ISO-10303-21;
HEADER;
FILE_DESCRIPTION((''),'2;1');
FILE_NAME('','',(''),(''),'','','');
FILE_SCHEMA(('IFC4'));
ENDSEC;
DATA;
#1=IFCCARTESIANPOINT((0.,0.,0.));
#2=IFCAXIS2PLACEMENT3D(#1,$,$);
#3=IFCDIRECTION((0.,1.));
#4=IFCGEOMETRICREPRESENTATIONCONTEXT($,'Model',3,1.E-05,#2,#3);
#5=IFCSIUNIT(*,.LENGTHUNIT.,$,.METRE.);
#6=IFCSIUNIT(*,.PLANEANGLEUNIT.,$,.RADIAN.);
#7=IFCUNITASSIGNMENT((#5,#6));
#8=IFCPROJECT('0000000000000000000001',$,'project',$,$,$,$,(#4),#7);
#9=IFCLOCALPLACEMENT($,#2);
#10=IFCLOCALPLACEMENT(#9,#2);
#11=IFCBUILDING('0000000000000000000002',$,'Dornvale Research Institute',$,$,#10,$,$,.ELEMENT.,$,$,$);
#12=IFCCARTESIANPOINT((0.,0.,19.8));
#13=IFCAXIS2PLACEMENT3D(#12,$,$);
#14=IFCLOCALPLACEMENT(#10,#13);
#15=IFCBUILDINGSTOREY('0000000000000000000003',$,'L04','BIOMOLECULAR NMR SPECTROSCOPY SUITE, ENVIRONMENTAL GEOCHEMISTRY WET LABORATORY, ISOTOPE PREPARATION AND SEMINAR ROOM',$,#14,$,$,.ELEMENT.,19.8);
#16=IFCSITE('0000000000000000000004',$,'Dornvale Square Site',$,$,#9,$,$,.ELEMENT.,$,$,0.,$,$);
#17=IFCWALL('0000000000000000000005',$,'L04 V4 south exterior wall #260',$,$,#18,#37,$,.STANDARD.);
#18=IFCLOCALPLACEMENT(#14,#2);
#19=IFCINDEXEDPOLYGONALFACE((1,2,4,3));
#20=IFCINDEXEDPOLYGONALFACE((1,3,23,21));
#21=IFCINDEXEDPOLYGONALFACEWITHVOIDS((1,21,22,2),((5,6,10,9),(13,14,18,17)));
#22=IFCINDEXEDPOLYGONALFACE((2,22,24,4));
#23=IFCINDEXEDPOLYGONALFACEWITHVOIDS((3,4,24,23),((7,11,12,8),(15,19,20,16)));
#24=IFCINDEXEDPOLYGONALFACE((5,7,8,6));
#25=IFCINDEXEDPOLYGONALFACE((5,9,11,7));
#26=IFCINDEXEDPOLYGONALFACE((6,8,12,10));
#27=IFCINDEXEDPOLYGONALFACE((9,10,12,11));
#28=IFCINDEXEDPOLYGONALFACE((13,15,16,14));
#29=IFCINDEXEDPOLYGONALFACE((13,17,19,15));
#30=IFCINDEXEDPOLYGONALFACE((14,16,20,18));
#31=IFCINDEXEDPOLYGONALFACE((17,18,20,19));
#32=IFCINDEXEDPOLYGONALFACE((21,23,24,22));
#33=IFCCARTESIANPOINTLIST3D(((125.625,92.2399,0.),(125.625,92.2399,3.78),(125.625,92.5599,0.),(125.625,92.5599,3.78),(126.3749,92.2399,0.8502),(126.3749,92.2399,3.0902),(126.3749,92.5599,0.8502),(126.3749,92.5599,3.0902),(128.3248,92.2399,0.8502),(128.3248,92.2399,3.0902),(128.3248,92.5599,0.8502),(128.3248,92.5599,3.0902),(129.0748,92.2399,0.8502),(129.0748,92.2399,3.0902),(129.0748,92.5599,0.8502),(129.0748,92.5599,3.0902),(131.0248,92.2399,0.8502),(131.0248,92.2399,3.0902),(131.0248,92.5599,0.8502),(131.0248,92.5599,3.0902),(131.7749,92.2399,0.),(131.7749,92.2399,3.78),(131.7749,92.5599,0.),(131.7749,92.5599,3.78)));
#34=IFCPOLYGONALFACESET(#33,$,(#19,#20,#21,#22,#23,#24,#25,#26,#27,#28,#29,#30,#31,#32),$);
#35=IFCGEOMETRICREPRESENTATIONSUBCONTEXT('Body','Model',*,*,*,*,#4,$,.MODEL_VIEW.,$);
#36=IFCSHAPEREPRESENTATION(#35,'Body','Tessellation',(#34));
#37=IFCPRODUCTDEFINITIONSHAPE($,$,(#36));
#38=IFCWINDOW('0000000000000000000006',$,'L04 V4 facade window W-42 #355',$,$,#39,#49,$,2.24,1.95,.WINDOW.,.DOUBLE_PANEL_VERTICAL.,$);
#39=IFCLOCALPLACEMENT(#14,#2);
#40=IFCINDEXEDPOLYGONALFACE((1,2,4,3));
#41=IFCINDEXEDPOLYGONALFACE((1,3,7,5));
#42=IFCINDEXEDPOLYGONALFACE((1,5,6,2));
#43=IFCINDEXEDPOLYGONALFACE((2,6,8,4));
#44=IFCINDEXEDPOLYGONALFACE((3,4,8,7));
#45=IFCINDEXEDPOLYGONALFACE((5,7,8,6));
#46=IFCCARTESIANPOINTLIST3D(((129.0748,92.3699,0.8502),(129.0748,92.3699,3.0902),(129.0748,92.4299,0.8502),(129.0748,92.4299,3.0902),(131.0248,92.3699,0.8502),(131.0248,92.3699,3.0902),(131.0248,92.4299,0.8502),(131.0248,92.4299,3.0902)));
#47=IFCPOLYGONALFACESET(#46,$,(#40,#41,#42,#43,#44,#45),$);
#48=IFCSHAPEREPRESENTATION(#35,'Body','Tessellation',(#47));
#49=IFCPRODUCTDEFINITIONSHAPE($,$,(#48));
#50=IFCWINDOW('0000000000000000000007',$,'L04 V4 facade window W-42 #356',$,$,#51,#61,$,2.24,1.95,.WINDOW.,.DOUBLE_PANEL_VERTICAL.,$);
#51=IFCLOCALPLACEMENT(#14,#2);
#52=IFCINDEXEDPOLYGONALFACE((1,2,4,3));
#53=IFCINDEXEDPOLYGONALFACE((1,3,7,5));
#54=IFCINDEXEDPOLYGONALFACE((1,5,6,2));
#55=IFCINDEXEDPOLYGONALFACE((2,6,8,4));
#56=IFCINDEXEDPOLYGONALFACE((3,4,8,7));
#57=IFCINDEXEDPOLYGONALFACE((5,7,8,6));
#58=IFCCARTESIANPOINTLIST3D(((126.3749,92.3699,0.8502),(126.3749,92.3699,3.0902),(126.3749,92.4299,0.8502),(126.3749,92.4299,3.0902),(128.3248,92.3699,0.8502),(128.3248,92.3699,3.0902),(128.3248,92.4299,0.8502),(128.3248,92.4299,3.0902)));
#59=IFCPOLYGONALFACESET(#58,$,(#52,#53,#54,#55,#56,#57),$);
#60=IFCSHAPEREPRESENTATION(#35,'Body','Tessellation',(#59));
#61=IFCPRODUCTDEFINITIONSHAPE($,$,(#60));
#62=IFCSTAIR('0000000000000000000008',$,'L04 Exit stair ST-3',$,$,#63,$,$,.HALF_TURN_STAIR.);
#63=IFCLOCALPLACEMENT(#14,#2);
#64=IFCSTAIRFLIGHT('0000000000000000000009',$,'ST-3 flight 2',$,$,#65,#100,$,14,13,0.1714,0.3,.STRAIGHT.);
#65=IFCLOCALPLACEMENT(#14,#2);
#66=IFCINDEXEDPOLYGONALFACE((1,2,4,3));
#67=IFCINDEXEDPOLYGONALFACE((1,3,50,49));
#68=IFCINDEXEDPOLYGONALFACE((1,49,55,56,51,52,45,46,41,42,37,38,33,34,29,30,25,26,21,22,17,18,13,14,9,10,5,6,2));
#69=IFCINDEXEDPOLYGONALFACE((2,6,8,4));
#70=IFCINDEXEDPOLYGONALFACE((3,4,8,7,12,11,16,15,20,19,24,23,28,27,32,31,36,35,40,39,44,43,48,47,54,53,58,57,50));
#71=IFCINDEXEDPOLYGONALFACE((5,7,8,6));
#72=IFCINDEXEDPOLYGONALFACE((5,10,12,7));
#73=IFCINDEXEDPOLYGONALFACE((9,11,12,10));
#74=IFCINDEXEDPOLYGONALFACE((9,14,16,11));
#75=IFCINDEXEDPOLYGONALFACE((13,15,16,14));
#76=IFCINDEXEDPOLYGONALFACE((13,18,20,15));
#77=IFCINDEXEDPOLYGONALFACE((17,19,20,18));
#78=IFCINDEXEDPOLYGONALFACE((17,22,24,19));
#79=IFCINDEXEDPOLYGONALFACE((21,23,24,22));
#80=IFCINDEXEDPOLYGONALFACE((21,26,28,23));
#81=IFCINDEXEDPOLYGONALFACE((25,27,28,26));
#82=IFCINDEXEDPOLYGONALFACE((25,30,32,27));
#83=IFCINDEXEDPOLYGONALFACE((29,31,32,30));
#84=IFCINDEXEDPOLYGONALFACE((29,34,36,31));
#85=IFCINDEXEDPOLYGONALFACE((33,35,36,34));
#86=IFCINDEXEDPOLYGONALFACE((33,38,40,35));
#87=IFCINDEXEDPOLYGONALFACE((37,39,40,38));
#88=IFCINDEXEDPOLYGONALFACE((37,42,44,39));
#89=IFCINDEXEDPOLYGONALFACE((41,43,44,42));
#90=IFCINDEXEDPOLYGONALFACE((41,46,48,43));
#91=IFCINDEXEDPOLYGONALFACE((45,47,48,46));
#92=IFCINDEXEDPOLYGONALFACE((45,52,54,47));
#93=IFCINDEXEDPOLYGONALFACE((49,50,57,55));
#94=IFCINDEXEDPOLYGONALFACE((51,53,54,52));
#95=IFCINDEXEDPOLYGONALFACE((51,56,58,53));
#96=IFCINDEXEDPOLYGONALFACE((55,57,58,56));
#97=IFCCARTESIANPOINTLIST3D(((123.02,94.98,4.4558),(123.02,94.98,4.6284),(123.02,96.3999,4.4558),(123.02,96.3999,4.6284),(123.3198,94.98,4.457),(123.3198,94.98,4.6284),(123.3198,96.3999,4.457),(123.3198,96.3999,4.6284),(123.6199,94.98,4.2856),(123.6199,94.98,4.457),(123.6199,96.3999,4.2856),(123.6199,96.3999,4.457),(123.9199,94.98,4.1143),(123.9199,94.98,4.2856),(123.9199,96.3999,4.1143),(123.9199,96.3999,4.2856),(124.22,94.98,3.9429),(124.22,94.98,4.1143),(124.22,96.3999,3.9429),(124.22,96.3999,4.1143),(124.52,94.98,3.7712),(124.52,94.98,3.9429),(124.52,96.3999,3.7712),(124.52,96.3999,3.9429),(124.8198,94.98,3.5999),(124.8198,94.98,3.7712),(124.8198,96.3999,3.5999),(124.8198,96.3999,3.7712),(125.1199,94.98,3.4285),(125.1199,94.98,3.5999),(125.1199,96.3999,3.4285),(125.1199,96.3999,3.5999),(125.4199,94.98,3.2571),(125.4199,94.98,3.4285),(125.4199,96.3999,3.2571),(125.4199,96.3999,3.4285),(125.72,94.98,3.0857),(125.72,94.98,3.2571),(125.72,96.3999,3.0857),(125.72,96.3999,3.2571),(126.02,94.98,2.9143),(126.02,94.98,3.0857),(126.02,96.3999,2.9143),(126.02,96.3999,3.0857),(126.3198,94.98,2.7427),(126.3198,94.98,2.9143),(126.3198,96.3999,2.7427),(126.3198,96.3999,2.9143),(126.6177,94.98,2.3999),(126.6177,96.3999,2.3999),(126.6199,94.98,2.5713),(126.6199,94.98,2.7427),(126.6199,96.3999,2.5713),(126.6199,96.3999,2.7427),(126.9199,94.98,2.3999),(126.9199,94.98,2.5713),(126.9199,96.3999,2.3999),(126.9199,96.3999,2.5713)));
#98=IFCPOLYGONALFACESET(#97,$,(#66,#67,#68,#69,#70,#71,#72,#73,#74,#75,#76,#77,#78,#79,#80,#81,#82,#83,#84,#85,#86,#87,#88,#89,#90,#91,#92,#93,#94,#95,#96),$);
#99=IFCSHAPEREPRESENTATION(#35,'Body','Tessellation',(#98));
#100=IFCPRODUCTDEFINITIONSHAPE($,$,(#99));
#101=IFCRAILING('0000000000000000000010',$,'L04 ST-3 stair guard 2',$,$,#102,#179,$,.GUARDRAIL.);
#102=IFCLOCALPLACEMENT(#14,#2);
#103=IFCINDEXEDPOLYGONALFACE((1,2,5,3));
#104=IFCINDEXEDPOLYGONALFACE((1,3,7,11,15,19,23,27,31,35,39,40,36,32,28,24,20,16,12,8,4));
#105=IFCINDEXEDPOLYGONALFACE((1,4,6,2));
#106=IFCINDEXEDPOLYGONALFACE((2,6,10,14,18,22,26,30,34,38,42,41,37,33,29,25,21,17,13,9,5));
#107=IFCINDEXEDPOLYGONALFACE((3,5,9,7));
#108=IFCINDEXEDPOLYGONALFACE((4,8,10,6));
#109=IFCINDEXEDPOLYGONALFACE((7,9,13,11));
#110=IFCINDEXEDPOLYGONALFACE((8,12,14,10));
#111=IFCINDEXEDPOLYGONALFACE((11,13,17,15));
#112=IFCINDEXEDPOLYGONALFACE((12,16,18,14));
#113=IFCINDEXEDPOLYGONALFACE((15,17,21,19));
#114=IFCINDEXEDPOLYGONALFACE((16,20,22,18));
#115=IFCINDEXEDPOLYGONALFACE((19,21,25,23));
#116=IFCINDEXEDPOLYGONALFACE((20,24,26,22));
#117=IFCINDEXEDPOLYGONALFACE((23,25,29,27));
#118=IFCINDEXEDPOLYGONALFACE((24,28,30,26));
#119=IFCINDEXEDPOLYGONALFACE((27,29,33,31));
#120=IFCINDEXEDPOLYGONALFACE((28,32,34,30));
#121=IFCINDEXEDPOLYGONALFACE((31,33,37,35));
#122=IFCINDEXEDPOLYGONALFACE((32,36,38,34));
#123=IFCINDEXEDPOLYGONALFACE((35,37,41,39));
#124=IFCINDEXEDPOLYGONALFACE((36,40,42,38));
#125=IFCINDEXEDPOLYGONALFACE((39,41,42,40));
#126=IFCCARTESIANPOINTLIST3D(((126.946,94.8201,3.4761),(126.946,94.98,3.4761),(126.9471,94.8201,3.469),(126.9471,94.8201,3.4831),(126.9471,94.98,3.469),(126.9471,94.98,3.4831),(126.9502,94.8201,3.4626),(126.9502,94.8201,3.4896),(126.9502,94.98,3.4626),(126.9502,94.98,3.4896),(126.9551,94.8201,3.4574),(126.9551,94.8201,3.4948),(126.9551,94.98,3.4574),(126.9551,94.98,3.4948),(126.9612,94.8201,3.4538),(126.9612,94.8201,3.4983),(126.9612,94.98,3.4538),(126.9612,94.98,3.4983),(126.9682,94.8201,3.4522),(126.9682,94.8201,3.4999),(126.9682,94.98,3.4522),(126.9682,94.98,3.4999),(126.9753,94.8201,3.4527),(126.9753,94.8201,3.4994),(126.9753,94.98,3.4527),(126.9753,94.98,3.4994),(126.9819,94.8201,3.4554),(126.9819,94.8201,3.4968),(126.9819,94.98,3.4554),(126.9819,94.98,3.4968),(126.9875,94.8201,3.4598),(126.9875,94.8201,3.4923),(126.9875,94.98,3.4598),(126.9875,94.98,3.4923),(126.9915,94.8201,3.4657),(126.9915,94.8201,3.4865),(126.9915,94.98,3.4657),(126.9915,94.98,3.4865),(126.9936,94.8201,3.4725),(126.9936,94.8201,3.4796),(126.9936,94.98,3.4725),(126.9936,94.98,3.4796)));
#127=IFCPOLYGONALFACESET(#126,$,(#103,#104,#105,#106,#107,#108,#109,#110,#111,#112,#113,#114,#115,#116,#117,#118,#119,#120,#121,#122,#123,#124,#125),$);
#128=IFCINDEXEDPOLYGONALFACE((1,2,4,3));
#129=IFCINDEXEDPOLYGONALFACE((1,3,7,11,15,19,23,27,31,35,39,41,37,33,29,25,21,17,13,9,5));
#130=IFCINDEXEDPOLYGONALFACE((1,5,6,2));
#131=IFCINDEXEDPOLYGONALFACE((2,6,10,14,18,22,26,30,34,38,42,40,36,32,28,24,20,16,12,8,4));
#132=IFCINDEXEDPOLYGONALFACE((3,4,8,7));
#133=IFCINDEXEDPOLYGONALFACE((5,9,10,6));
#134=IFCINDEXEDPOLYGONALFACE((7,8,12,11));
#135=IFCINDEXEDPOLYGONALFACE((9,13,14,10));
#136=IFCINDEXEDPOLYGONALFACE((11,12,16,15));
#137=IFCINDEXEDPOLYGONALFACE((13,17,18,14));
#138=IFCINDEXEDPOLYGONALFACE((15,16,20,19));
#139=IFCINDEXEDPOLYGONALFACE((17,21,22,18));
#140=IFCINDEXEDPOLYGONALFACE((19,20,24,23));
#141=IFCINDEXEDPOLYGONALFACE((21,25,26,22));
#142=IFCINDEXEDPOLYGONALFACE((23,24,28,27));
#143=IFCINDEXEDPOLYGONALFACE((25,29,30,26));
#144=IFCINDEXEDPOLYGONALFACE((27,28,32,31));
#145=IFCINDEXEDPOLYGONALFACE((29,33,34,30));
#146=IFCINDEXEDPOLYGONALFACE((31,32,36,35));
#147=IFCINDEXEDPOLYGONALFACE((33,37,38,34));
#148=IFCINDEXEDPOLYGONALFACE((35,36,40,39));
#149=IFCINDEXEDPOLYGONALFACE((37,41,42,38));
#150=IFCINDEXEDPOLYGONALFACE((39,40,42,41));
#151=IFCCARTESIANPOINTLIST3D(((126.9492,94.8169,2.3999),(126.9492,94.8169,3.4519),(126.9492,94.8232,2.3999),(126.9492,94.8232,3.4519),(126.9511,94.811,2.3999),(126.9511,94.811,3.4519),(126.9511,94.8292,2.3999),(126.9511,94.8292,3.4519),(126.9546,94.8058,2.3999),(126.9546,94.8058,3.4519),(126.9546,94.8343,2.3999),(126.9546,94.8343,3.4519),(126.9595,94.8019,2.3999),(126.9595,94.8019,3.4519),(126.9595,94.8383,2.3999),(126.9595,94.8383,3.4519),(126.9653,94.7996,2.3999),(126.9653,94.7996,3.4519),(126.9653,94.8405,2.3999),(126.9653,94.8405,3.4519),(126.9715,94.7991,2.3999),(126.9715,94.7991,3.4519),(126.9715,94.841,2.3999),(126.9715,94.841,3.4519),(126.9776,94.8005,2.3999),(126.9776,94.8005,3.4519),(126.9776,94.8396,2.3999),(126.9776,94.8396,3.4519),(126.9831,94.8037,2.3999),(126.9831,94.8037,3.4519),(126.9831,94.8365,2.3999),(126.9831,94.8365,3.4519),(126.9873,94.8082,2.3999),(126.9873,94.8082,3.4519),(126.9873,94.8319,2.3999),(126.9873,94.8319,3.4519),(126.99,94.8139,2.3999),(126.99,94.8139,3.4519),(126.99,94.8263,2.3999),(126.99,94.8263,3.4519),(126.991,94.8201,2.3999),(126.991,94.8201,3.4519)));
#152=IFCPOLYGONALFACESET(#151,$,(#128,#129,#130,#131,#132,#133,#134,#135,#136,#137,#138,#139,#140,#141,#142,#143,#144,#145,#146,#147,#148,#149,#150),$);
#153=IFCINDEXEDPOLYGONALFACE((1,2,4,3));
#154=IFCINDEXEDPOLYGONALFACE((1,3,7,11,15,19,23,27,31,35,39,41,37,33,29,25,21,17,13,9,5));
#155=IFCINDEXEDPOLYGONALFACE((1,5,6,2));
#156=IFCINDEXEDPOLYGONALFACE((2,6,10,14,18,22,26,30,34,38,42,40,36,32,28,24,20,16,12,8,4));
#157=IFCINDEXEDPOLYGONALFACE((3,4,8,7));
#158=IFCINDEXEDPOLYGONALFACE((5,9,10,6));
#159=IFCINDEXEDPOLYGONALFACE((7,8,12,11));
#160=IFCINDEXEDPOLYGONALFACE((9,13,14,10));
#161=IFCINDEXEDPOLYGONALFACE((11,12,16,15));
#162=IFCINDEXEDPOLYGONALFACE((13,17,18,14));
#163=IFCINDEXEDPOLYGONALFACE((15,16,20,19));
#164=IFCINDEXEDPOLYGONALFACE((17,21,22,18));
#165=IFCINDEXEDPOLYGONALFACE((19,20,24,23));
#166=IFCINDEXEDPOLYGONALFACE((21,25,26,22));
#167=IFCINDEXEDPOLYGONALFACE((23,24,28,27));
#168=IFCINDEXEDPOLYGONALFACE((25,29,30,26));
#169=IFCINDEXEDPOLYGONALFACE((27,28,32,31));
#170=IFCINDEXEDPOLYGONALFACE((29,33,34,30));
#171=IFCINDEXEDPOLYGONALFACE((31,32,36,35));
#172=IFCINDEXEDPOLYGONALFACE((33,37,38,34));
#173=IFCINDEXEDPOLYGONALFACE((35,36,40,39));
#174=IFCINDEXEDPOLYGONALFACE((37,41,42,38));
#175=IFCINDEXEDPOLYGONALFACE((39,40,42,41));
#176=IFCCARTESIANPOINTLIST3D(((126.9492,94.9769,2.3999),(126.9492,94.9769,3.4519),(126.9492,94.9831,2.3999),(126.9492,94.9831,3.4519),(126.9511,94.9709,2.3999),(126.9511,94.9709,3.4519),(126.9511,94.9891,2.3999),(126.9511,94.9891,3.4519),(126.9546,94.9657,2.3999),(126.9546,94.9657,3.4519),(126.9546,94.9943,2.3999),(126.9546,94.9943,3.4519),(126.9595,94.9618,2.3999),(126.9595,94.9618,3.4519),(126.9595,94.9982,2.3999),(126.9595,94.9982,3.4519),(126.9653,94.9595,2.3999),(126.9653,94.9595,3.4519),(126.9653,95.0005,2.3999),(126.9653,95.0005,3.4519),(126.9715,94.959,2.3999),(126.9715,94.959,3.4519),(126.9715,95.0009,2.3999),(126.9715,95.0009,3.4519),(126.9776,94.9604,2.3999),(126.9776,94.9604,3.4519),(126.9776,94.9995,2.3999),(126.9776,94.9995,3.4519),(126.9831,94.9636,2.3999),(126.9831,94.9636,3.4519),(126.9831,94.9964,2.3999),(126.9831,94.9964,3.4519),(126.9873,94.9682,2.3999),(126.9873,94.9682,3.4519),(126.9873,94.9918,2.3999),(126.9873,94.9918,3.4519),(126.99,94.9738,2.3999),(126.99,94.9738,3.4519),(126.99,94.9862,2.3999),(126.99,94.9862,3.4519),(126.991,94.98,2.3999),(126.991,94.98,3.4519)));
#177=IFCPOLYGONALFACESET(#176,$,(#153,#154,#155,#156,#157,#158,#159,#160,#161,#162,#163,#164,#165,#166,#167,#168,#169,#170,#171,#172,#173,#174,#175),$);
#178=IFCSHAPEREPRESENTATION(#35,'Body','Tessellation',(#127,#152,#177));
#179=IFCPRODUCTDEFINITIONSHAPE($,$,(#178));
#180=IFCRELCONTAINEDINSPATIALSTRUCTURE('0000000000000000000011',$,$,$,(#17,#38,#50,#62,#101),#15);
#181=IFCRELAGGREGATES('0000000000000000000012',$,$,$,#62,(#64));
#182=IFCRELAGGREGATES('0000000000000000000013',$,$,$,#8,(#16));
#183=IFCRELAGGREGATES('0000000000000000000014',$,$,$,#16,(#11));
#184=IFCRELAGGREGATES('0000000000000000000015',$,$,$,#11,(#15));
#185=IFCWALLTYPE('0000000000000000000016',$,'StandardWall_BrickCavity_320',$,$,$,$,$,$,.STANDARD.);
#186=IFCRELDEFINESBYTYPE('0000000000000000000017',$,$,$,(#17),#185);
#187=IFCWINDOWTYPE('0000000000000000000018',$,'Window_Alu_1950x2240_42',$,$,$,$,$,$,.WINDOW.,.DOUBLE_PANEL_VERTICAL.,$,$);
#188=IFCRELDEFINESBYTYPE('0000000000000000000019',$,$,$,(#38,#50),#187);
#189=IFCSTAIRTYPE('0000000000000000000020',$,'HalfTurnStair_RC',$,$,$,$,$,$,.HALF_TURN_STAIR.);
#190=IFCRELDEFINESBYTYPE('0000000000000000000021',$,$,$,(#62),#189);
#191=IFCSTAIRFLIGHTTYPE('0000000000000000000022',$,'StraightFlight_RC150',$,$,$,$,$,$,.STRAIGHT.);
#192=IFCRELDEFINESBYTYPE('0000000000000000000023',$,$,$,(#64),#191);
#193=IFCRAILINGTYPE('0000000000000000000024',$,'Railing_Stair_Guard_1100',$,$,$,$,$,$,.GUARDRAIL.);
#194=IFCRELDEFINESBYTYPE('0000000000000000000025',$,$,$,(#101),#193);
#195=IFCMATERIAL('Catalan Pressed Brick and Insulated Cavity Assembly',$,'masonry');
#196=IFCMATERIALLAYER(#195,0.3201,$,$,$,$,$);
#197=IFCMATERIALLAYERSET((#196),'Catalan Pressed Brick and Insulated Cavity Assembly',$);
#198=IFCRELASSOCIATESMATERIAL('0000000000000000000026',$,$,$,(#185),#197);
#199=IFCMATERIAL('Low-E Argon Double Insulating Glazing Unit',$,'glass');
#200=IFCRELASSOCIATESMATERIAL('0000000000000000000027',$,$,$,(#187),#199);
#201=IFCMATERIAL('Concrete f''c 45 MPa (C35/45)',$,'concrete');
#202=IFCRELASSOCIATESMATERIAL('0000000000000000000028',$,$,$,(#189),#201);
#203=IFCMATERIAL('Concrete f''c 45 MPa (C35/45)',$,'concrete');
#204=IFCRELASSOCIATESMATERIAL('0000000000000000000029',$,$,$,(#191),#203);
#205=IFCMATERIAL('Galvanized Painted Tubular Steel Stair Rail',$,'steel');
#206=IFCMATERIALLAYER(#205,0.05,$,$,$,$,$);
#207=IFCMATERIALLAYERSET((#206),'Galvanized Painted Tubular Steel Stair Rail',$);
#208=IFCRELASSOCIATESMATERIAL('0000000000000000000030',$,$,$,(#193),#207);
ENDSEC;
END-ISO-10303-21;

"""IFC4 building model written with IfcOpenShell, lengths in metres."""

from ifc_helpers import new_model, si_unit, direction, frame, frame_2d, origin, origin_2d, place, context, subcontext, project, spatial, polyline, rectangle, circle, outline, extrude, material, layer, layer_set, type_object, element, fill, aggregate, save


model = new_model("IFC4")

# Units and contexts
model_context = context("Model", 3, precision=1e-05, world=origin(), true_north=direction((0.0, 1.0)))
body_context = subcontext(model_context, "Body", "Model", "MODEL_VIEW")
ifc_project = project(units=[si_unit("LENGTHUNIT", "METRE"), si_unit("PLANEANGLEUNIT", "RADIAN")], contexts=[model_context])

# Site, building, storey
site_placement = place(None, origin())
site = spatial("IfcSite", under=ifc_project, at=site_placement, Name="Dornvale Square Site", CompositionType="ELEMENT", RefElevation=0.0)
building_placement = place(site_placement, origin())
building = spatial("IfcBuilding", under=site, at=building_placement, Name="Dornvale Research Institute", CompositionType="ELEMENT")
storey_placement = place(building_placement, frame((0.0, 0.0, 19.8)))
storey = spatial("IfcBuildingStorey", under=building, at=storey_placement, Name="L04", Description="BIOMOLECULAR NMR SPECTROSCOPY SUITE, ENVIRONMENTAL GEOCHEMISTRY WET LABORATORY, ISOTOPE PREPARATION AND SEMINAR ROOM", CompositionType="ELEMENT", Elevation=19.8)

# Wall, openings, windows
ifc_material_1 = material(Name="Catalan Pressed Brick and Insulated Cavity Assembly", Category="masonry")
ifc_layer_1 = layer(ifc_material_1, 0.3201)
ifc_layer_set_1 = layer_set([ifc_layer_1], Name="Catalan Pressed Brick and Insulated Cavity Assembly")
wall_type_1 = type_object("IfcWallType", Name="StandardWall_BrickCavity_320", PredefinedType="STANDARD", material=ifc_layer_set_1)
wall_1_placement = place(storey_placement, frame((131.7749, 92.3999, 0.0), z_axis=(0.0, 0.0, 1.0), x_axis=(-1.0, 0.0, 0.0)))
wall_1 = element("IfcWall", 1, at=wall_1_placement, inside=storey, type_object=wall_type_1, Name="L04 V4 south exterior wall #260", PredefinedType="STANDARD", context=body_context, shape_type="SweptSolid", body=[
    extrude(rectangle(XDim=6.1499, YDim=0.3201, at=frame_2d((3.075, 0.0))), origin(), (0.0, 0.0, 1.0), 3.78),
])
opening_1_placement = place(wall_1_placement, frame((0.75, 0.0, 0.8501)))
opening_1 = element("IfcOpeningElement", 2, at=opening_1_placement, cuts=wall_1, PredefinedType="OPENING", context=body_context, shape_type="SweptSolid", body=[
    extrude(rectangle(XDim=1.95, YDim=2.24, at=frame_2d((0.9751, 1.1201))), frame((0.0, 0.175, 0.0), z_axis=(0.0, -1.0, 0.0), x_axis=(1.0, 0.0, 0.0)), (0.0, 0.0, 1.0), 0.3501),
])
opening_2_placement = place(wall_1_placement, frame((3.45, 0.0, 0.8501)))
opening_2 = element("IfcOpeningElement", 3, at=opening_2_placement, cuts=wall_1, PredefinedType="OPENING", context=body_context, shape_type="SweptSolid", body=[
    extrude(rectangle(XDim=1.95, YDim=2.24, at=frame_2d((0.9751, 1.1201))), frame((0.0, 0.175, 0.0), z_axis=(0.0, -1.0, 0.0), x_axis=(1.0, 0.0, 0.0)), (0.0, 0.0, 1.0), 0.3501),
])
ifc_material_2 = material(Name="Low-E Argon Double Insulating Glazing Unit", Category="glass")
window_type = type_object("IfcWindowType", Name="Window_Alu_1950x2240_42", PartitioningType="DOUBLE_PANEL_VERTICAL", PredefinedType="WINDOW", material=ifc_material_2)
window_1_placement = place(opening_1_placement, origin())
window_1 = element("IfcWindow", 4, at=window_1_placement, inside=storey, type_object=window_type, Name="L04 V4 facade window W-42 #355", OverallHeight=2.24, OverallWidth=1.95, PartitioningType="DOUBLE_PANEL_VERTICAL", PredefinedType="WINDOW", context=body_context, shape_type="SweptSolid", body=[
    extrude(rectangle(XDim=1.95, YDim=2.24, at=frame_2d((0.9751, 1.1201))), frame((0.0, 0.03, 0.0), z_axis=(0.0, -1.0, 0.0), x_axis=(1.0, 0.0, 0.0)), (0.0, 0.0, 1.0), 0.0601),
])
fill(opening_1, window_1)
window_2_placement = place(opening_2_placement, origin())
window_2 = element("IfcWindow", 5, at=window_2_placement, inside=storey, type_object=window_type, Name="L04 V4 facade window W-42 #356", OverallHeight=2.24, OverallWidth=1.95, PartitioningType="DOUBLE_PANEL_VERTICAL", PredefinedType="WINDOW", context=body_context, shape_type="SweptSolid", body=[
    extrude(rectangle(XDim=1.95, YDim=2.24, at=frame_2d((0.9751, 1.1201))), frame((0.0, 0.03, 0.0), z_axis=(0.0, -1.0, 0.0), x_axis=(1.0, 0.0, 0.0)), (0.0, 0.0, 1.0), 0.0601),
])
fill(opening_2, window_2)

# Stair, stair flight
ifc_material_3 = material(Name="Concrete f'c 45 MPa (C35/45)", Category="concrete")
stair_type = type_object("IfcStairType", Name="HalfTurnStair_RC", PredefinedType="HALF_TURN_STAIR", material=ifc_material_3)
stair_placement = place(storey_placement, origin())
stair = element("IfcStair", 6, at=stair_placement, inside=storey, type_object=stair_type, Name="L04 Exit stair ST-3", PredefinedType="HALF_TURN_STAIR")
ifc_material_4 = material(Name="Concrete f'c 45 MPa (C35/45)", Category="concrete")
stair_flight_type = type_object("IfcStairFlightType", Name="StraightFlight_RC150", PredefinedType="STRAIGHT", material=ifc_material_4)
stair_flight_placement = place(storey_placement, frame((126.9199, 95.6899, 2.3999), z_axis=(0.0, 0.0, 1.0), x_axis=(-1.0, 0.0, 0.0)))
stair_flight = element("IfcStairFlight", 7, at=stair_flight_placement, type_object=stair_flight_type, Name="ST-3 flight 2", NumberOfRisers=14, NumberOfTreads=13, PredefinedType="STRAIGHT", RiserHeight=0.1714, TreadLength=0.3, context=body_context, shape_type="SweptSolid", body=[
    extrude(outline(polyline([(0.0, 0.0), (0.0, 0.1714), (0.3, 0.1714), (0.3, 0.3428), (0.6001, 0.3428), (0.6001, 0.5144), (0.8999, 0.5144), (0.8999, 0.6858), (1.2, 0.6858), (1.2, 0.8572), (1.5, 0.8572), (1.5, 1.0286), (1.8, 1.0286), (1.8, 1.2), (2.1001, 1.2), (2.1001, 1.3713), (2.3999, 1.3713), (2.3999, 1.543), (2.7, 1.543), (2.7, 1.7144), (3.0, 1.7144), (3.0, 1.8857), (3.3, 1.8857), (3.3, 2.0571), (3.6001, 2.0571), (3.6001, 2.2285), (3.8999, 2.2285), (3.8999, 2.3999), (3.8999, 2.0559), (0.3022, 0.0), (0.0, 0.0)])), frame((0.0, 0.71, 0.0), z_axis=(0.0, -1.0, 0.0), x_axis=(1.0, 0.0, 0.0)), (0.0, 0.0, 1.0), 1.4199),
])
aggregate(stair, [stair_flight])

# Railing
ifc_material_5 = material(Name="Galvanized Painted Tubular Steel Stair Rail", Category="steel")
ifc_layer_2 = layer(ifc_material_5, 0.05)
ifc_layer_set_2 = layer_set([ifc_layer_2], Name="Galvanized Painted Tubular Steel Stair Rail")
railing_type_1 = type_object("IfcRailingType", Name="Railing_Stair_Guard_1100", PredefinedType="GUARDRAIL", material=ifc_layer_set_2)
railing_1_placement = place(storey_placement, frame((126.97, 94.8201, 2.3999)))
element("IfcRailing", 8, at=railing_1_placement, inside=storey, type_object=railing_type_1, Name="L04 ST-3 stair guard 2", PredefinedType="GUARDRAIL", context=body_context, shape_type="SweptSolid", body=[
    extrude(circle(Radius=0.0239, at=origin_2d()), frame((0.0, 0.0, 1.0762), z_axis=(0.0, 1.0, 0.0), x_axis=(-1.0, 0.0, 0.0)), (0.0, 0.0, 1.0), 0.1599),
    extrude(circle(Radius=0.021, at=origin_2d()), origin(), (0.0, 0.0, 1.0), 1.052),
    extrude(circle(Radius=0.021, at=origin_2d()), frame((0.0, 0.1599, 0.0)), (0.0, 0.0, 1.0), 1.052),
])

save(model, "model.ifc")
